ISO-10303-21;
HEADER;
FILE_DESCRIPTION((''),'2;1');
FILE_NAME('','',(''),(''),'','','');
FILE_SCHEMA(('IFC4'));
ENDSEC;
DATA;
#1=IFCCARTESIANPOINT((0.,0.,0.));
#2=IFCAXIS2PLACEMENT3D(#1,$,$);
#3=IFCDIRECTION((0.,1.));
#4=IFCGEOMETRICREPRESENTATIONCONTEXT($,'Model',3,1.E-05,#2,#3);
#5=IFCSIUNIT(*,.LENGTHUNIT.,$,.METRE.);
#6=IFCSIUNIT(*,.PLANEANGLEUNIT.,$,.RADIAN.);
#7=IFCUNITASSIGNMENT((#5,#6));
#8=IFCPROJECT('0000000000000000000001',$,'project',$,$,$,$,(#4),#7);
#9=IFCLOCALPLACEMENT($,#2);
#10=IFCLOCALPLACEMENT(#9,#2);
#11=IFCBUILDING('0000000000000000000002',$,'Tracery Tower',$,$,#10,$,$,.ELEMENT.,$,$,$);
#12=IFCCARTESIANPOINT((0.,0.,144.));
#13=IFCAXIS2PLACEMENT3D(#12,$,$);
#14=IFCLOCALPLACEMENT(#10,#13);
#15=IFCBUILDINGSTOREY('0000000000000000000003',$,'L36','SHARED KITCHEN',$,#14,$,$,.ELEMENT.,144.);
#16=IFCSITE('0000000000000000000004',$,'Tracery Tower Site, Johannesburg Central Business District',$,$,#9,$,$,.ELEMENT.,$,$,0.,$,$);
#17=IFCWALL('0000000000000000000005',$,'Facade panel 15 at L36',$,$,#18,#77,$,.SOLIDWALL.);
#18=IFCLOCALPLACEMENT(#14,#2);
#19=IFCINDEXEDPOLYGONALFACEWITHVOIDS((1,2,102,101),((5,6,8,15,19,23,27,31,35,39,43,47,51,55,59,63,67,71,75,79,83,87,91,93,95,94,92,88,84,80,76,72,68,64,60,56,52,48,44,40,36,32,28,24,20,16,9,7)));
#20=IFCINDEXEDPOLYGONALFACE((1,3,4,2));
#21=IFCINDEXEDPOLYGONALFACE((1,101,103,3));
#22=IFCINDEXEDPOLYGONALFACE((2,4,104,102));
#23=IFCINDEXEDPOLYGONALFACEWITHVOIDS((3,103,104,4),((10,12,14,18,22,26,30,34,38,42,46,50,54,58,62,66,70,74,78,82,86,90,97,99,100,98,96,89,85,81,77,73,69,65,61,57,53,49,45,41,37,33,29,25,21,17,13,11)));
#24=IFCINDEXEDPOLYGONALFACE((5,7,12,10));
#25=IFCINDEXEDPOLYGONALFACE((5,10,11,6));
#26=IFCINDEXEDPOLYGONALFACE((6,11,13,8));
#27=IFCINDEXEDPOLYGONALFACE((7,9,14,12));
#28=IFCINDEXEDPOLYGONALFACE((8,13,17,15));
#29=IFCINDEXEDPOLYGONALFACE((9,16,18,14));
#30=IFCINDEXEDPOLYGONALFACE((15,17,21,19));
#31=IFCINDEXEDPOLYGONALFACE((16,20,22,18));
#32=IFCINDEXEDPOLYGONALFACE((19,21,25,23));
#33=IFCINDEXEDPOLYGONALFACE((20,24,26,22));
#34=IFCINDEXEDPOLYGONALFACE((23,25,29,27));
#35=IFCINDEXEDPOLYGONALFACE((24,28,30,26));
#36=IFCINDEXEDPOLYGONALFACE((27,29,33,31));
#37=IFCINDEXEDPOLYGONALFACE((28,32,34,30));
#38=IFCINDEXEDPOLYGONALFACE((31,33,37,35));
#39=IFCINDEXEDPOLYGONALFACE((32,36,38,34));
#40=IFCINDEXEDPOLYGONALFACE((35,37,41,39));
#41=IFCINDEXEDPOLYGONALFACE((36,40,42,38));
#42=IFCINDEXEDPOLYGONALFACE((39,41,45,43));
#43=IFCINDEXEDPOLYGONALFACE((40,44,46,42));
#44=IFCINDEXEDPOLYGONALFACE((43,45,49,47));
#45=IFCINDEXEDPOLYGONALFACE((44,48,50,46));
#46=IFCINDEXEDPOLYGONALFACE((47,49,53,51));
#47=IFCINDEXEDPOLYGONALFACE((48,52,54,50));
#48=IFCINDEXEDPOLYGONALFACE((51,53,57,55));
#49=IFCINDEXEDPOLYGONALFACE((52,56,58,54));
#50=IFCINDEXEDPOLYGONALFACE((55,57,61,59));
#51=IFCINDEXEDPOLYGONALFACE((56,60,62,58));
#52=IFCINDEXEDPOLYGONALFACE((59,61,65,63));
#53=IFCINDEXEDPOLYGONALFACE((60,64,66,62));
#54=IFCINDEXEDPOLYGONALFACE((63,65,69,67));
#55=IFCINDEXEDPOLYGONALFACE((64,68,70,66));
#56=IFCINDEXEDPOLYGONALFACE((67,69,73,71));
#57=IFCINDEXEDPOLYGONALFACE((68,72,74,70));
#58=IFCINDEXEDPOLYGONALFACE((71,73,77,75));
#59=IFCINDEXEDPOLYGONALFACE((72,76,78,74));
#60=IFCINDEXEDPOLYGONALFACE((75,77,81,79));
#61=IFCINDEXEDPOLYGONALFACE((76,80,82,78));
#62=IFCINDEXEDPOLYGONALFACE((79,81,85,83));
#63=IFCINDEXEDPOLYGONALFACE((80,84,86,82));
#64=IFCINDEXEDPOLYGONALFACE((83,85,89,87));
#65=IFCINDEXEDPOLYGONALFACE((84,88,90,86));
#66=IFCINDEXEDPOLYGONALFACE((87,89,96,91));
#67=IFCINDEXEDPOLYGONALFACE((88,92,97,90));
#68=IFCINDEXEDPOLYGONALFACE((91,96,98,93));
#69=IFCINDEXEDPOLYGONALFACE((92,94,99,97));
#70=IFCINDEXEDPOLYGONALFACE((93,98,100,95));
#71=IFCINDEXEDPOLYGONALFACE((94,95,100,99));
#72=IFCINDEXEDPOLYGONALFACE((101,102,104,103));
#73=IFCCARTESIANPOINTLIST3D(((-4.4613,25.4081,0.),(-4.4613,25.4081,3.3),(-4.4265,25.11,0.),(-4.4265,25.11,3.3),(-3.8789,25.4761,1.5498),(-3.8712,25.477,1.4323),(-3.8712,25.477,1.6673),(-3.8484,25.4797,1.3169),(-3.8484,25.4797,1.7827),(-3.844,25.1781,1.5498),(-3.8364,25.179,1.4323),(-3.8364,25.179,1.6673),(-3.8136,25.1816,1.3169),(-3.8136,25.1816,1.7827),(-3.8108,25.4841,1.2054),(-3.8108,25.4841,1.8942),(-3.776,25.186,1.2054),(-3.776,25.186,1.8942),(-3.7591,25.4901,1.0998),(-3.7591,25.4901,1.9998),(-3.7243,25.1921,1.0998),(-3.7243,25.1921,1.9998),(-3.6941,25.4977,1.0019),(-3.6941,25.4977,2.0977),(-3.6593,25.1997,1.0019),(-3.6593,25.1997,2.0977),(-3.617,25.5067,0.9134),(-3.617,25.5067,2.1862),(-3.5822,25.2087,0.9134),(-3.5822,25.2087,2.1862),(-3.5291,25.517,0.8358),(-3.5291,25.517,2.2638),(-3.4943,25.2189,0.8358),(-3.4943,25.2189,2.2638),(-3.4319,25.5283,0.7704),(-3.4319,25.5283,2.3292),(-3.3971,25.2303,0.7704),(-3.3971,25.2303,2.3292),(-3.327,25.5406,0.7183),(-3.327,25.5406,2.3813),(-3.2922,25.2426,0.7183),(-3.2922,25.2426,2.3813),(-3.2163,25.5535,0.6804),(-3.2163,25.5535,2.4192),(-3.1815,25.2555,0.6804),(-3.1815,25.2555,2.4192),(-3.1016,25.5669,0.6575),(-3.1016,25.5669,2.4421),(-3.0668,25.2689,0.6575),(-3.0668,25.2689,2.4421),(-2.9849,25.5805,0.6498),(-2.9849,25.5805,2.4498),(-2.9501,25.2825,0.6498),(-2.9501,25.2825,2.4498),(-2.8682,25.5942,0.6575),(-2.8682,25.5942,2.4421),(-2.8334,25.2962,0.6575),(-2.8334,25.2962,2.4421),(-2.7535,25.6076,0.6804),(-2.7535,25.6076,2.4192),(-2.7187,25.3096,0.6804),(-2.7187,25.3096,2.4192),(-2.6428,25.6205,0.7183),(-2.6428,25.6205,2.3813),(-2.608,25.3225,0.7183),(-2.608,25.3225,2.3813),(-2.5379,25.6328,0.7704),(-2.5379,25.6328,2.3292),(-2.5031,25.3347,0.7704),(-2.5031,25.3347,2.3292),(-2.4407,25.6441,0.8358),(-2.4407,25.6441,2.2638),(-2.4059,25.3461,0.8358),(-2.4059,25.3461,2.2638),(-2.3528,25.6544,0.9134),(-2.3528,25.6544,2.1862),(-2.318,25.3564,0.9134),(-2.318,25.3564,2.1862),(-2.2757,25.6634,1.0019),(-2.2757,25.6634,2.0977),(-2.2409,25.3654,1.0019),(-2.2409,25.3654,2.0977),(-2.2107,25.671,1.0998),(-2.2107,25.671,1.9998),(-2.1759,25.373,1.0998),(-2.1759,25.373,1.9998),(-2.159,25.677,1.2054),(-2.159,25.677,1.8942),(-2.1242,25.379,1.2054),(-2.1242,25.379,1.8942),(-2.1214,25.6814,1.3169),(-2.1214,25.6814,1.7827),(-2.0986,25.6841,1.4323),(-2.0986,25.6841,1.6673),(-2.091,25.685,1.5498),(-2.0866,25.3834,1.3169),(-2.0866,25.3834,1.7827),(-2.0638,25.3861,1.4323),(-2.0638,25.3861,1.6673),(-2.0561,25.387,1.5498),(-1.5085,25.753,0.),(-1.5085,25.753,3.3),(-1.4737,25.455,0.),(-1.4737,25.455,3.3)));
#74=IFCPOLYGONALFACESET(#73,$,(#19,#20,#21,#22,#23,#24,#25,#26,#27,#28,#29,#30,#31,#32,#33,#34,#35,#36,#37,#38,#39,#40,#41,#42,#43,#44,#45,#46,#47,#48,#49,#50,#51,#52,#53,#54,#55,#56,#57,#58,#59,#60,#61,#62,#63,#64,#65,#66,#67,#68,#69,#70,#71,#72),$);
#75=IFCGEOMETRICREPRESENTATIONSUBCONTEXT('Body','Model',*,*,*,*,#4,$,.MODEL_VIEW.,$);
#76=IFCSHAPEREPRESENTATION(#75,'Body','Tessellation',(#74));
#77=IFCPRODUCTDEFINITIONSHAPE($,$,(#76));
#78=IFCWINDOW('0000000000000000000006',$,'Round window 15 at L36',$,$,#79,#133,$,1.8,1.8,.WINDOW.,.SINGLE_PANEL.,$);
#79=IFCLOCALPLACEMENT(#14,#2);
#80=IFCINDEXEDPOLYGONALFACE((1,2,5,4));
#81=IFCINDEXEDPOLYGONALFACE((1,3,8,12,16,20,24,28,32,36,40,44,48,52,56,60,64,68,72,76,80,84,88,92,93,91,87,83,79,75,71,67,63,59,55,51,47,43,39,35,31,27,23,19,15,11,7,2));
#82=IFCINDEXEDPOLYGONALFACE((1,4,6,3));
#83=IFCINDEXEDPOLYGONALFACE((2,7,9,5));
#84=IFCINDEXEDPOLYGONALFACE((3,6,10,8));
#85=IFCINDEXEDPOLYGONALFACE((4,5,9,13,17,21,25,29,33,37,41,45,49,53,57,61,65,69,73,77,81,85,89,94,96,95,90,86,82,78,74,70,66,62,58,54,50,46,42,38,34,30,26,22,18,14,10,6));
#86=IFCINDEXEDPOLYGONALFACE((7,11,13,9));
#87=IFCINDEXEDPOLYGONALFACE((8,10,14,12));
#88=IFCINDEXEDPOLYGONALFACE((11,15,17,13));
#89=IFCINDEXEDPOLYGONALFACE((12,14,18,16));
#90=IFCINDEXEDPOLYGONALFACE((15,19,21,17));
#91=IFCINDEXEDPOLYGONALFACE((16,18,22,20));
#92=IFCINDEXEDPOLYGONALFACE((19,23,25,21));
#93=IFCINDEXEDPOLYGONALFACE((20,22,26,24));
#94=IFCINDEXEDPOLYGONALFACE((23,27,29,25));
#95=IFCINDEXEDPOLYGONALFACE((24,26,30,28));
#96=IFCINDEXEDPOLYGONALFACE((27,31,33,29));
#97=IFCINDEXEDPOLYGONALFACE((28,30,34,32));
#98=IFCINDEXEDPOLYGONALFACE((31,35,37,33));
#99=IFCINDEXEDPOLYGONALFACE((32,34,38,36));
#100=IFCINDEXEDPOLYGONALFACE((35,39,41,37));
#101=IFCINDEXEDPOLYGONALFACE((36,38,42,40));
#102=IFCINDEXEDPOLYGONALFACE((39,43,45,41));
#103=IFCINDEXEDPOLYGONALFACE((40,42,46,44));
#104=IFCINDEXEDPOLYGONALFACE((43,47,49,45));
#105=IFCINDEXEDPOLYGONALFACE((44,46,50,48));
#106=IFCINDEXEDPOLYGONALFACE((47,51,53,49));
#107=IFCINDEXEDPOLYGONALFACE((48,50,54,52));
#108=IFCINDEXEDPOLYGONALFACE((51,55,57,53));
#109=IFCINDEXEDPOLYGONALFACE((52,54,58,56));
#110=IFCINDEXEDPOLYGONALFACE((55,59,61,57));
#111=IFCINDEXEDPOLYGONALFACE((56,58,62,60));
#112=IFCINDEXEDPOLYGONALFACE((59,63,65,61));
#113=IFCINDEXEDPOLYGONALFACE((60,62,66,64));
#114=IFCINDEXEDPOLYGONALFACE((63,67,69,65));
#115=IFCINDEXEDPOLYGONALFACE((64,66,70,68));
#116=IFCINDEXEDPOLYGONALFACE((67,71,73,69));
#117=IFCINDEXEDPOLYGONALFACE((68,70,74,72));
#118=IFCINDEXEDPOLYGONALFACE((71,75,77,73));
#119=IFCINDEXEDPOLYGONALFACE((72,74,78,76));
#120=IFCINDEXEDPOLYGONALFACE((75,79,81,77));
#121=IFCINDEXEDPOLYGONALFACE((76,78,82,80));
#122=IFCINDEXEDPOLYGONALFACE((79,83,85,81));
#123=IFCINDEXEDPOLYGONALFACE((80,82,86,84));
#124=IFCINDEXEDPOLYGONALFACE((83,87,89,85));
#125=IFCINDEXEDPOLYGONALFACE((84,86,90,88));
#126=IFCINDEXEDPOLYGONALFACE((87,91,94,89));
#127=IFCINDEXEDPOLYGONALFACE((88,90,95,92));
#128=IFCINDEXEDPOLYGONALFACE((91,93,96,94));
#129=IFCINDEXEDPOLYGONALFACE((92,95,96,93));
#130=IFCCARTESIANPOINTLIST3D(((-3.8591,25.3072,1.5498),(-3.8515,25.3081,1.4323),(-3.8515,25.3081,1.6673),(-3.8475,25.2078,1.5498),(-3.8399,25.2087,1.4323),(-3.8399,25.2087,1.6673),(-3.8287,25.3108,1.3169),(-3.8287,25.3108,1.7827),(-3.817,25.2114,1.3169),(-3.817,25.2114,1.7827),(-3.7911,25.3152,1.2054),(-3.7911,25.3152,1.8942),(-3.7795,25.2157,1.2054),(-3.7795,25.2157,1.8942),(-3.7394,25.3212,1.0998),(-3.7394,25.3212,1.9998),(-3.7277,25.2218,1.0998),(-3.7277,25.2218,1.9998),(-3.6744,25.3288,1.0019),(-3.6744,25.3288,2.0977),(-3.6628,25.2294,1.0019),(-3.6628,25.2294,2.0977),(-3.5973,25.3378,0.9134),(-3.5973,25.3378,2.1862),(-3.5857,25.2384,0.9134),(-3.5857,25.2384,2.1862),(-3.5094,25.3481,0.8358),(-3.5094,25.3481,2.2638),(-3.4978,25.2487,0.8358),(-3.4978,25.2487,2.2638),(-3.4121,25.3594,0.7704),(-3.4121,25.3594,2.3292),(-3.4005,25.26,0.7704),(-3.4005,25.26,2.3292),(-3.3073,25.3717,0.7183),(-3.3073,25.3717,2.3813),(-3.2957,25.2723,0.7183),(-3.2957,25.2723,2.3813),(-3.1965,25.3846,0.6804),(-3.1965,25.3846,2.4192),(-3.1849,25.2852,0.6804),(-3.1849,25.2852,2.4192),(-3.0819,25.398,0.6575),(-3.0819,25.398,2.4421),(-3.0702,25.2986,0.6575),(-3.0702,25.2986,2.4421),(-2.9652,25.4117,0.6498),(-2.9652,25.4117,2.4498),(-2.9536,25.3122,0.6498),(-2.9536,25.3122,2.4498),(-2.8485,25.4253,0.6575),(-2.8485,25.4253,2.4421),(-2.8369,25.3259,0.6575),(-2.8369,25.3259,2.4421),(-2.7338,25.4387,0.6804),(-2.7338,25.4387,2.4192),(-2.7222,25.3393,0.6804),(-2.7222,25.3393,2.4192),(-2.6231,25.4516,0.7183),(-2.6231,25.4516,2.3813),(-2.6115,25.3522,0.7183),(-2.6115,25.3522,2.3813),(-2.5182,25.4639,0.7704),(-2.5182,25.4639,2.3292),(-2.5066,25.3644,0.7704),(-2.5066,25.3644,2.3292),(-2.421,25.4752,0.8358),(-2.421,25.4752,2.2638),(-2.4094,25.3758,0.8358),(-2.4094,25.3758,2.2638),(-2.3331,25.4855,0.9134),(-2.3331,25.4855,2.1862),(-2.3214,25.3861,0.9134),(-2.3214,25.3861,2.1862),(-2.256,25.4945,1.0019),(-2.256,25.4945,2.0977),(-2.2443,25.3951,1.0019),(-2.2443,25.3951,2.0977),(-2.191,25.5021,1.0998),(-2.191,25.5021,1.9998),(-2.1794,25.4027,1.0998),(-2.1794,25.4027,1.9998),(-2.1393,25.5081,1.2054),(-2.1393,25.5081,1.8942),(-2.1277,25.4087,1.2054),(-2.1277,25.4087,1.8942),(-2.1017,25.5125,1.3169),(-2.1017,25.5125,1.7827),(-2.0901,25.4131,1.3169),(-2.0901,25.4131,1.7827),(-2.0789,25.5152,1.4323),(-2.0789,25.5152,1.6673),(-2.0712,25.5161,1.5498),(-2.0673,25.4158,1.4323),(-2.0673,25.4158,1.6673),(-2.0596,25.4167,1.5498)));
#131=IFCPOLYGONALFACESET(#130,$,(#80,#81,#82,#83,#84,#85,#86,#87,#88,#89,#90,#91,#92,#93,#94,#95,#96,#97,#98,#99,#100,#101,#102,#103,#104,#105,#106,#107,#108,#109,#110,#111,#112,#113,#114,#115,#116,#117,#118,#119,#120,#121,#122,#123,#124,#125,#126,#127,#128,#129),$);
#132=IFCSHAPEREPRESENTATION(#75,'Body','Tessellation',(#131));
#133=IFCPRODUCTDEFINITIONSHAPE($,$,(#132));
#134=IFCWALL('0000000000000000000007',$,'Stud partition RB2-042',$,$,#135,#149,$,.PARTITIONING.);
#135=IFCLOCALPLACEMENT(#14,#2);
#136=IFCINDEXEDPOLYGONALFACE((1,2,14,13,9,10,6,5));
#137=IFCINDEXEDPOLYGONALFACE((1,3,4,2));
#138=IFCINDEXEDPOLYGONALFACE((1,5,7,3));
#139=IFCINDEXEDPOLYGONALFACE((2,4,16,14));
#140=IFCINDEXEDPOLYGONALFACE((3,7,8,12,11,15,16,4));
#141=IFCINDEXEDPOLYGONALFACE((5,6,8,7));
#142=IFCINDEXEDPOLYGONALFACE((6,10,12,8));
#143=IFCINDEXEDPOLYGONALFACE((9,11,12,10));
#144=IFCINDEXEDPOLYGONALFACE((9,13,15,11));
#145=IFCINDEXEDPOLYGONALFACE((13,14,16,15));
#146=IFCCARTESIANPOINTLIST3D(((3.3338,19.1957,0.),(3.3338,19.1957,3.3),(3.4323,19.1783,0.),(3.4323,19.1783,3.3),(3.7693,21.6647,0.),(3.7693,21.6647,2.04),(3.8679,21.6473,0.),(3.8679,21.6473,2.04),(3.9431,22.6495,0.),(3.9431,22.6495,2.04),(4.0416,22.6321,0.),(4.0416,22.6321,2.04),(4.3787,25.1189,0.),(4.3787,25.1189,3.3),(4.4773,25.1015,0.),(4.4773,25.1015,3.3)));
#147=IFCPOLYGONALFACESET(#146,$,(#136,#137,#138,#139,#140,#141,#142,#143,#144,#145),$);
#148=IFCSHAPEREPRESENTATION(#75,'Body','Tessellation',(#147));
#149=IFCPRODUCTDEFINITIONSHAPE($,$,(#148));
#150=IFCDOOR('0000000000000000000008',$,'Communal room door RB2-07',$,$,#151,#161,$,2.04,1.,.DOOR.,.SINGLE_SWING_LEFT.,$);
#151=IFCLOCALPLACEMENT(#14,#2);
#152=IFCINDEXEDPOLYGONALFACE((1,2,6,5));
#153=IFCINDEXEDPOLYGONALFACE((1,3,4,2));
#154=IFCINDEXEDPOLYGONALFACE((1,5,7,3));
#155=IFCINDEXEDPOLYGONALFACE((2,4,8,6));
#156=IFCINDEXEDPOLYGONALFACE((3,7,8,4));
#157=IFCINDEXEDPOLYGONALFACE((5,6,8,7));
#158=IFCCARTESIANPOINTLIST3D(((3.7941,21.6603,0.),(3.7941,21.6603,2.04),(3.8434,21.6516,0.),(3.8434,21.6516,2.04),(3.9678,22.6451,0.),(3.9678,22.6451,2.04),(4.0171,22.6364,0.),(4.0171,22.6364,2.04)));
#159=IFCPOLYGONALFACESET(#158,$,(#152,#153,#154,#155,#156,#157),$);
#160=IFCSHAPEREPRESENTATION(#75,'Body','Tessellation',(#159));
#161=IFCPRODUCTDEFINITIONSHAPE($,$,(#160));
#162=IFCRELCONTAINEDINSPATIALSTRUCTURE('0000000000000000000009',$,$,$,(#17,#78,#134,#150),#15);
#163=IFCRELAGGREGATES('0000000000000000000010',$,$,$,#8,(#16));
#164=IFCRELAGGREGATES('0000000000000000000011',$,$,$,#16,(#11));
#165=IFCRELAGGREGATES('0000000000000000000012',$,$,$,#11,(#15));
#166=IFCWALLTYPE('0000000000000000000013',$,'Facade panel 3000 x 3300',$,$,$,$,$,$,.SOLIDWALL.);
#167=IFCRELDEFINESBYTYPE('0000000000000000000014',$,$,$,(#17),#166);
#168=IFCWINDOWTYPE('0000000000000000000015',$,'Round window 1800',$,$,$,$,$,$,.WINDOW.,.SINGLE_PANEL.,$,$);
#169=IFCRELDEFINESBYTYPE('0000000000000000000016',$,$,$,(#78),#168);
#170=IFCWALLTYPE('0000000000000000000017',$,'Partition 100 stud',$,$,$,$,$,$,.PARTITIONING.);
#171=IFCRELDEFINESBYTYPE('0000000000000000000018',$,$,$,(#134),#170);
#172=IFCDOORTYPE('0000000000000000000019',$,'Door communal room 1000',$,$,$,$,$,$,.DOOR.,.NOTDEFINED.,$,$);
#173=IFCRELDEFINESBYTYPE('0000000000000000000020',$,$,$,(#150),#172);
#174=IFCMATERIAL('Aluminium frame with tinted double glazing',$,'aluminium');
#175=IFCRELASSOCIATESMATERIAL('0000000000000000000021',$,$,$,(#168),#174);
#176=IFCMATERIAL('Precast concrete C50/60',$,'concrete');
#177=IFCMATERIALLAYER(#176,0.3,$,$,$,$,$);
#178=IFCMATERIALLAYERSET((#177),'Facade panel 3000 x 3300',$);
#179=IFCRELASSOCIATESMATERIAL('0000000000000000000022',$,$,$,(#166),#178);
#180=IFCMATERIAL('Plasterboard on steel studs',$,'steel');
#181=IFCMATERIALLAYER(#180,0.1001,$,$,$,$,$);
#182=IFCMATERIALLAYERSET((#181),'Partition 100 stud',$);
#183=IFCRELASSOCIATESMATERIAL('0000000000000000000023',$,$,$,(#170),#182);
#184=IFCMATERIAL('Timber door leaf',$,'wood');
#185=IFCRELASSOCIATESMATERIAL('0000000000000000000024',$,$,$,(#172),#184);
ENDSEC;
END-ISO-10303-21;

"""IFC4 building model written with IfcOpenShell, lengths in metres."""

from ifc_helpers import new_model, si_unit, direction, frame, frame_2d, origin, origin_2d, place, context, subcontext, project, spatial, rectangle, circle, extrude, material, layer, layer_set, type_object, element, fill, save


model = new_model("IFC4")

# Units and contexts
model_context = context("Model", 3, precision=1e-05, world=origin(), true_north=direction((0.0, 1.0)))
body_context = subcontext(model_context, "Body", "Model", "MODEL_VIEW")
ifc_project = project(units=[si_unit("LENGTHUNIT", "METRE"), si_unit("PLANEANGLEUNIT", "RADIAN")], contexts=[model_context])

# Site, building, storey
site_placement = place(None, origin())
site = spatial("IfcSite", under=ifc_project, at=site_placement, Name="Tracery Tower Site, Johannesburg Central Business District", CompositionType="ELEMENT", RefElevation=0.0)
building_placement = place(site_placement, origin())
building = spatial("IfcBuilding", under=site, at=building_placement, Name="Tracery Tower", CompositionType="ELEMENT")
storey_placement = place(building_placement, frame((0.0, 0.0, 144.0)))
storey = spatial("IfcBuildingStorey", under=building, at=storey_placement, Name="L36", Description="SHARED KITCHEN", CompositionType="ELEMENT", Elevation=144.0)

# Wall, opening, window
ifc_material_1 = material(Name="Aluminium frame with tinted double glazing", Category="aluminium")
window_type = type_object("IfcWindowType", Name="Round window 1800", PartitioningType="SINGLE_PANEL", PredefinedType="WINDOW", material=ifc_material_1)
ifc_material_2 = material(Name="Precast concrete C50/60", Category="concrete")
ifc_layer_1 = layer(ifc_material_2, 0.3)
ifc_layer_set_1 = layer_set([ifc_layer_1], Name="Facade panel 3000 x 3300")
wall_type_1 = type_object("IfcWallType", Name="Facade panel 3000 x 3300", PredefinedType="SOLIDWALL", material=ifc_layer_set_1)
wall_1_placement = place(storey_placement, frame((-1.4912, 25.604, 0.0), z_axis=(0.0, 0.0, 1.0), x_axis=(-0.993245, -0.116036, 0.0)))
wall_1 = element("IfcWall", 1, at=wall_1_placement, inside=storey, type_object=wall_type_1, Name="Facade panel 15 at L36", PredefinedType="SOLIDWALL", context=body_context, shape_type="SweptSolid", body=[
    extrude(rectangle(XDim=2.9729, YDim=0.3, at=frame_2d((1.4863, 0.0))), origin(), (0.0, 0.0, 1.0), 3.3),
])
opening_1_placement = place(wall_1_placement, frame((1.4863, 0.0, 1.5498)))
opening_1 = element("IfcOpeningElement", 2, at=opening_1_placement, cuts=wall_1, PredefinedType="OPENING", context=body_context, shape_type="SweptSolid", body=[
    extrude(circle(Radius=0.9, at=origin_2d()), frame((0.0, 0.1599, 0.0), z_axis=(0.0, -1.0, 0.0), x_axis=(1.0, 0.0, 0.0)), (0.0, 0.0, 1.0), 0.3201),
])
window_1_placement = place(opening_1_placement, origin())
window_1 = element("IfcWindow", 3, at=window_1_placement, inside=storey, type_object=window_type, Name="Round window 15 at L36", OverallHeight=1.8, OverallWidth=1.8, PartitioningType="SINGLE_PANEL", PredefinedType="WINDOW", context=body_context, shape_type="SweptSolid", body=[
    extrude(circle(Radius=0.9, at=origin_2d()), frame((0.0, 0.1201, 0.0), z_axis=(0.0, -1.0, 0.0), x_axis=(1.0, 0.0, 0.0)), (0.0, 0.0, 1.0), 0.1001),
])
fill(opening_1, window_1)

# Wall, opening, door
ifc_material_3 = material(Name="Plasterboard on steel studs", Category="steel")
ifc_layer_2 = layer(ifc_material_3, 0.1001)
ifc_layer_set_2 = layer_set([ifc_layer_2], Name="Partition 100 stud")
wall_type_2 = type_object("IfcWallType", Name="Partition 100 stud", PredefinedType="PARTITIONING", material=ifc_layer_set_2)
wall_2_placement = place(storey_placement, frame((3.3831, 19.187, 0.0), z_axis=(0.0, 0.0, 1.0), x_axis=(0.173732, 0.984793, 0.0)))
wall_2 = element("IfcWall", 4, at=wall_2_placement, inside=storey, type_object=wall_type_2, Name="Stud partition RB2-042", PredefinedType="PARTITIONING", context=body_context, shape_type="SweptSolid", body=[
    extrude(rectangle(XDim=6.0146, YDim=0.1001, at=frame_2d((3.0073, 0.0))), origin(), (0.0, 0.0, 1.0), 3.3),
])
opening_2_placement = place(wall_2_placement, frame((2.5071, 0.0, 0.0)))
opening_2 = element("IfcOpeningElement", 5, at=opening_2_placement, cuts=wall_2, PredefinedType="OPENING", context=body_context, shape_type="SweptSolid", body=[
    extrude(rectangle(XDim=1.0, YDim=2.04, at=frame_2d((0.5, 1.02))), frame((0.0, 0.05, 0.0), z_axis=(0.0, -1.0, 0.0), x_axis=(1.0, 0.0, 0.0)), (0.0, 0.0, 1.0), 0.1001),
])
ifc_material_4 = material(Name="Timber door leaf", Category="wood")
door_type_1 = type_object("IfcDoorType", Name="Door communal room 1000", OperationType="NOTDEFINED", PredefinedType="DOOR", material=ifc_material_4)
door_1_placement = place(opening_2_placement, origin())
door_1 = element("IfcDoor", 6, at=door_1_placement, inside=storey, type_object=door_type_1, Name="Communal room door RB2-07", OperationType="SINGLE_SWING_LEFT", OverallHeight=2.04, OverallWidth=1.0, PredefinedType="DOOR", context=body_context, shape_type="SweptSolid", body=[
    extrude(rectangle(XDim=1.0, YDim=2.04, at=frame_2d((0.5, 1.02))), frame((0.0, 0.0249, 0.0), z_axis=(0.0, -1.0, 0.0), x_axis=(1.0, 0.0, 0.0)), (0.0, 0.0, 1.0), 0.05),
])
fill(opening_2, door_1)

save(model, "model.ifc")
